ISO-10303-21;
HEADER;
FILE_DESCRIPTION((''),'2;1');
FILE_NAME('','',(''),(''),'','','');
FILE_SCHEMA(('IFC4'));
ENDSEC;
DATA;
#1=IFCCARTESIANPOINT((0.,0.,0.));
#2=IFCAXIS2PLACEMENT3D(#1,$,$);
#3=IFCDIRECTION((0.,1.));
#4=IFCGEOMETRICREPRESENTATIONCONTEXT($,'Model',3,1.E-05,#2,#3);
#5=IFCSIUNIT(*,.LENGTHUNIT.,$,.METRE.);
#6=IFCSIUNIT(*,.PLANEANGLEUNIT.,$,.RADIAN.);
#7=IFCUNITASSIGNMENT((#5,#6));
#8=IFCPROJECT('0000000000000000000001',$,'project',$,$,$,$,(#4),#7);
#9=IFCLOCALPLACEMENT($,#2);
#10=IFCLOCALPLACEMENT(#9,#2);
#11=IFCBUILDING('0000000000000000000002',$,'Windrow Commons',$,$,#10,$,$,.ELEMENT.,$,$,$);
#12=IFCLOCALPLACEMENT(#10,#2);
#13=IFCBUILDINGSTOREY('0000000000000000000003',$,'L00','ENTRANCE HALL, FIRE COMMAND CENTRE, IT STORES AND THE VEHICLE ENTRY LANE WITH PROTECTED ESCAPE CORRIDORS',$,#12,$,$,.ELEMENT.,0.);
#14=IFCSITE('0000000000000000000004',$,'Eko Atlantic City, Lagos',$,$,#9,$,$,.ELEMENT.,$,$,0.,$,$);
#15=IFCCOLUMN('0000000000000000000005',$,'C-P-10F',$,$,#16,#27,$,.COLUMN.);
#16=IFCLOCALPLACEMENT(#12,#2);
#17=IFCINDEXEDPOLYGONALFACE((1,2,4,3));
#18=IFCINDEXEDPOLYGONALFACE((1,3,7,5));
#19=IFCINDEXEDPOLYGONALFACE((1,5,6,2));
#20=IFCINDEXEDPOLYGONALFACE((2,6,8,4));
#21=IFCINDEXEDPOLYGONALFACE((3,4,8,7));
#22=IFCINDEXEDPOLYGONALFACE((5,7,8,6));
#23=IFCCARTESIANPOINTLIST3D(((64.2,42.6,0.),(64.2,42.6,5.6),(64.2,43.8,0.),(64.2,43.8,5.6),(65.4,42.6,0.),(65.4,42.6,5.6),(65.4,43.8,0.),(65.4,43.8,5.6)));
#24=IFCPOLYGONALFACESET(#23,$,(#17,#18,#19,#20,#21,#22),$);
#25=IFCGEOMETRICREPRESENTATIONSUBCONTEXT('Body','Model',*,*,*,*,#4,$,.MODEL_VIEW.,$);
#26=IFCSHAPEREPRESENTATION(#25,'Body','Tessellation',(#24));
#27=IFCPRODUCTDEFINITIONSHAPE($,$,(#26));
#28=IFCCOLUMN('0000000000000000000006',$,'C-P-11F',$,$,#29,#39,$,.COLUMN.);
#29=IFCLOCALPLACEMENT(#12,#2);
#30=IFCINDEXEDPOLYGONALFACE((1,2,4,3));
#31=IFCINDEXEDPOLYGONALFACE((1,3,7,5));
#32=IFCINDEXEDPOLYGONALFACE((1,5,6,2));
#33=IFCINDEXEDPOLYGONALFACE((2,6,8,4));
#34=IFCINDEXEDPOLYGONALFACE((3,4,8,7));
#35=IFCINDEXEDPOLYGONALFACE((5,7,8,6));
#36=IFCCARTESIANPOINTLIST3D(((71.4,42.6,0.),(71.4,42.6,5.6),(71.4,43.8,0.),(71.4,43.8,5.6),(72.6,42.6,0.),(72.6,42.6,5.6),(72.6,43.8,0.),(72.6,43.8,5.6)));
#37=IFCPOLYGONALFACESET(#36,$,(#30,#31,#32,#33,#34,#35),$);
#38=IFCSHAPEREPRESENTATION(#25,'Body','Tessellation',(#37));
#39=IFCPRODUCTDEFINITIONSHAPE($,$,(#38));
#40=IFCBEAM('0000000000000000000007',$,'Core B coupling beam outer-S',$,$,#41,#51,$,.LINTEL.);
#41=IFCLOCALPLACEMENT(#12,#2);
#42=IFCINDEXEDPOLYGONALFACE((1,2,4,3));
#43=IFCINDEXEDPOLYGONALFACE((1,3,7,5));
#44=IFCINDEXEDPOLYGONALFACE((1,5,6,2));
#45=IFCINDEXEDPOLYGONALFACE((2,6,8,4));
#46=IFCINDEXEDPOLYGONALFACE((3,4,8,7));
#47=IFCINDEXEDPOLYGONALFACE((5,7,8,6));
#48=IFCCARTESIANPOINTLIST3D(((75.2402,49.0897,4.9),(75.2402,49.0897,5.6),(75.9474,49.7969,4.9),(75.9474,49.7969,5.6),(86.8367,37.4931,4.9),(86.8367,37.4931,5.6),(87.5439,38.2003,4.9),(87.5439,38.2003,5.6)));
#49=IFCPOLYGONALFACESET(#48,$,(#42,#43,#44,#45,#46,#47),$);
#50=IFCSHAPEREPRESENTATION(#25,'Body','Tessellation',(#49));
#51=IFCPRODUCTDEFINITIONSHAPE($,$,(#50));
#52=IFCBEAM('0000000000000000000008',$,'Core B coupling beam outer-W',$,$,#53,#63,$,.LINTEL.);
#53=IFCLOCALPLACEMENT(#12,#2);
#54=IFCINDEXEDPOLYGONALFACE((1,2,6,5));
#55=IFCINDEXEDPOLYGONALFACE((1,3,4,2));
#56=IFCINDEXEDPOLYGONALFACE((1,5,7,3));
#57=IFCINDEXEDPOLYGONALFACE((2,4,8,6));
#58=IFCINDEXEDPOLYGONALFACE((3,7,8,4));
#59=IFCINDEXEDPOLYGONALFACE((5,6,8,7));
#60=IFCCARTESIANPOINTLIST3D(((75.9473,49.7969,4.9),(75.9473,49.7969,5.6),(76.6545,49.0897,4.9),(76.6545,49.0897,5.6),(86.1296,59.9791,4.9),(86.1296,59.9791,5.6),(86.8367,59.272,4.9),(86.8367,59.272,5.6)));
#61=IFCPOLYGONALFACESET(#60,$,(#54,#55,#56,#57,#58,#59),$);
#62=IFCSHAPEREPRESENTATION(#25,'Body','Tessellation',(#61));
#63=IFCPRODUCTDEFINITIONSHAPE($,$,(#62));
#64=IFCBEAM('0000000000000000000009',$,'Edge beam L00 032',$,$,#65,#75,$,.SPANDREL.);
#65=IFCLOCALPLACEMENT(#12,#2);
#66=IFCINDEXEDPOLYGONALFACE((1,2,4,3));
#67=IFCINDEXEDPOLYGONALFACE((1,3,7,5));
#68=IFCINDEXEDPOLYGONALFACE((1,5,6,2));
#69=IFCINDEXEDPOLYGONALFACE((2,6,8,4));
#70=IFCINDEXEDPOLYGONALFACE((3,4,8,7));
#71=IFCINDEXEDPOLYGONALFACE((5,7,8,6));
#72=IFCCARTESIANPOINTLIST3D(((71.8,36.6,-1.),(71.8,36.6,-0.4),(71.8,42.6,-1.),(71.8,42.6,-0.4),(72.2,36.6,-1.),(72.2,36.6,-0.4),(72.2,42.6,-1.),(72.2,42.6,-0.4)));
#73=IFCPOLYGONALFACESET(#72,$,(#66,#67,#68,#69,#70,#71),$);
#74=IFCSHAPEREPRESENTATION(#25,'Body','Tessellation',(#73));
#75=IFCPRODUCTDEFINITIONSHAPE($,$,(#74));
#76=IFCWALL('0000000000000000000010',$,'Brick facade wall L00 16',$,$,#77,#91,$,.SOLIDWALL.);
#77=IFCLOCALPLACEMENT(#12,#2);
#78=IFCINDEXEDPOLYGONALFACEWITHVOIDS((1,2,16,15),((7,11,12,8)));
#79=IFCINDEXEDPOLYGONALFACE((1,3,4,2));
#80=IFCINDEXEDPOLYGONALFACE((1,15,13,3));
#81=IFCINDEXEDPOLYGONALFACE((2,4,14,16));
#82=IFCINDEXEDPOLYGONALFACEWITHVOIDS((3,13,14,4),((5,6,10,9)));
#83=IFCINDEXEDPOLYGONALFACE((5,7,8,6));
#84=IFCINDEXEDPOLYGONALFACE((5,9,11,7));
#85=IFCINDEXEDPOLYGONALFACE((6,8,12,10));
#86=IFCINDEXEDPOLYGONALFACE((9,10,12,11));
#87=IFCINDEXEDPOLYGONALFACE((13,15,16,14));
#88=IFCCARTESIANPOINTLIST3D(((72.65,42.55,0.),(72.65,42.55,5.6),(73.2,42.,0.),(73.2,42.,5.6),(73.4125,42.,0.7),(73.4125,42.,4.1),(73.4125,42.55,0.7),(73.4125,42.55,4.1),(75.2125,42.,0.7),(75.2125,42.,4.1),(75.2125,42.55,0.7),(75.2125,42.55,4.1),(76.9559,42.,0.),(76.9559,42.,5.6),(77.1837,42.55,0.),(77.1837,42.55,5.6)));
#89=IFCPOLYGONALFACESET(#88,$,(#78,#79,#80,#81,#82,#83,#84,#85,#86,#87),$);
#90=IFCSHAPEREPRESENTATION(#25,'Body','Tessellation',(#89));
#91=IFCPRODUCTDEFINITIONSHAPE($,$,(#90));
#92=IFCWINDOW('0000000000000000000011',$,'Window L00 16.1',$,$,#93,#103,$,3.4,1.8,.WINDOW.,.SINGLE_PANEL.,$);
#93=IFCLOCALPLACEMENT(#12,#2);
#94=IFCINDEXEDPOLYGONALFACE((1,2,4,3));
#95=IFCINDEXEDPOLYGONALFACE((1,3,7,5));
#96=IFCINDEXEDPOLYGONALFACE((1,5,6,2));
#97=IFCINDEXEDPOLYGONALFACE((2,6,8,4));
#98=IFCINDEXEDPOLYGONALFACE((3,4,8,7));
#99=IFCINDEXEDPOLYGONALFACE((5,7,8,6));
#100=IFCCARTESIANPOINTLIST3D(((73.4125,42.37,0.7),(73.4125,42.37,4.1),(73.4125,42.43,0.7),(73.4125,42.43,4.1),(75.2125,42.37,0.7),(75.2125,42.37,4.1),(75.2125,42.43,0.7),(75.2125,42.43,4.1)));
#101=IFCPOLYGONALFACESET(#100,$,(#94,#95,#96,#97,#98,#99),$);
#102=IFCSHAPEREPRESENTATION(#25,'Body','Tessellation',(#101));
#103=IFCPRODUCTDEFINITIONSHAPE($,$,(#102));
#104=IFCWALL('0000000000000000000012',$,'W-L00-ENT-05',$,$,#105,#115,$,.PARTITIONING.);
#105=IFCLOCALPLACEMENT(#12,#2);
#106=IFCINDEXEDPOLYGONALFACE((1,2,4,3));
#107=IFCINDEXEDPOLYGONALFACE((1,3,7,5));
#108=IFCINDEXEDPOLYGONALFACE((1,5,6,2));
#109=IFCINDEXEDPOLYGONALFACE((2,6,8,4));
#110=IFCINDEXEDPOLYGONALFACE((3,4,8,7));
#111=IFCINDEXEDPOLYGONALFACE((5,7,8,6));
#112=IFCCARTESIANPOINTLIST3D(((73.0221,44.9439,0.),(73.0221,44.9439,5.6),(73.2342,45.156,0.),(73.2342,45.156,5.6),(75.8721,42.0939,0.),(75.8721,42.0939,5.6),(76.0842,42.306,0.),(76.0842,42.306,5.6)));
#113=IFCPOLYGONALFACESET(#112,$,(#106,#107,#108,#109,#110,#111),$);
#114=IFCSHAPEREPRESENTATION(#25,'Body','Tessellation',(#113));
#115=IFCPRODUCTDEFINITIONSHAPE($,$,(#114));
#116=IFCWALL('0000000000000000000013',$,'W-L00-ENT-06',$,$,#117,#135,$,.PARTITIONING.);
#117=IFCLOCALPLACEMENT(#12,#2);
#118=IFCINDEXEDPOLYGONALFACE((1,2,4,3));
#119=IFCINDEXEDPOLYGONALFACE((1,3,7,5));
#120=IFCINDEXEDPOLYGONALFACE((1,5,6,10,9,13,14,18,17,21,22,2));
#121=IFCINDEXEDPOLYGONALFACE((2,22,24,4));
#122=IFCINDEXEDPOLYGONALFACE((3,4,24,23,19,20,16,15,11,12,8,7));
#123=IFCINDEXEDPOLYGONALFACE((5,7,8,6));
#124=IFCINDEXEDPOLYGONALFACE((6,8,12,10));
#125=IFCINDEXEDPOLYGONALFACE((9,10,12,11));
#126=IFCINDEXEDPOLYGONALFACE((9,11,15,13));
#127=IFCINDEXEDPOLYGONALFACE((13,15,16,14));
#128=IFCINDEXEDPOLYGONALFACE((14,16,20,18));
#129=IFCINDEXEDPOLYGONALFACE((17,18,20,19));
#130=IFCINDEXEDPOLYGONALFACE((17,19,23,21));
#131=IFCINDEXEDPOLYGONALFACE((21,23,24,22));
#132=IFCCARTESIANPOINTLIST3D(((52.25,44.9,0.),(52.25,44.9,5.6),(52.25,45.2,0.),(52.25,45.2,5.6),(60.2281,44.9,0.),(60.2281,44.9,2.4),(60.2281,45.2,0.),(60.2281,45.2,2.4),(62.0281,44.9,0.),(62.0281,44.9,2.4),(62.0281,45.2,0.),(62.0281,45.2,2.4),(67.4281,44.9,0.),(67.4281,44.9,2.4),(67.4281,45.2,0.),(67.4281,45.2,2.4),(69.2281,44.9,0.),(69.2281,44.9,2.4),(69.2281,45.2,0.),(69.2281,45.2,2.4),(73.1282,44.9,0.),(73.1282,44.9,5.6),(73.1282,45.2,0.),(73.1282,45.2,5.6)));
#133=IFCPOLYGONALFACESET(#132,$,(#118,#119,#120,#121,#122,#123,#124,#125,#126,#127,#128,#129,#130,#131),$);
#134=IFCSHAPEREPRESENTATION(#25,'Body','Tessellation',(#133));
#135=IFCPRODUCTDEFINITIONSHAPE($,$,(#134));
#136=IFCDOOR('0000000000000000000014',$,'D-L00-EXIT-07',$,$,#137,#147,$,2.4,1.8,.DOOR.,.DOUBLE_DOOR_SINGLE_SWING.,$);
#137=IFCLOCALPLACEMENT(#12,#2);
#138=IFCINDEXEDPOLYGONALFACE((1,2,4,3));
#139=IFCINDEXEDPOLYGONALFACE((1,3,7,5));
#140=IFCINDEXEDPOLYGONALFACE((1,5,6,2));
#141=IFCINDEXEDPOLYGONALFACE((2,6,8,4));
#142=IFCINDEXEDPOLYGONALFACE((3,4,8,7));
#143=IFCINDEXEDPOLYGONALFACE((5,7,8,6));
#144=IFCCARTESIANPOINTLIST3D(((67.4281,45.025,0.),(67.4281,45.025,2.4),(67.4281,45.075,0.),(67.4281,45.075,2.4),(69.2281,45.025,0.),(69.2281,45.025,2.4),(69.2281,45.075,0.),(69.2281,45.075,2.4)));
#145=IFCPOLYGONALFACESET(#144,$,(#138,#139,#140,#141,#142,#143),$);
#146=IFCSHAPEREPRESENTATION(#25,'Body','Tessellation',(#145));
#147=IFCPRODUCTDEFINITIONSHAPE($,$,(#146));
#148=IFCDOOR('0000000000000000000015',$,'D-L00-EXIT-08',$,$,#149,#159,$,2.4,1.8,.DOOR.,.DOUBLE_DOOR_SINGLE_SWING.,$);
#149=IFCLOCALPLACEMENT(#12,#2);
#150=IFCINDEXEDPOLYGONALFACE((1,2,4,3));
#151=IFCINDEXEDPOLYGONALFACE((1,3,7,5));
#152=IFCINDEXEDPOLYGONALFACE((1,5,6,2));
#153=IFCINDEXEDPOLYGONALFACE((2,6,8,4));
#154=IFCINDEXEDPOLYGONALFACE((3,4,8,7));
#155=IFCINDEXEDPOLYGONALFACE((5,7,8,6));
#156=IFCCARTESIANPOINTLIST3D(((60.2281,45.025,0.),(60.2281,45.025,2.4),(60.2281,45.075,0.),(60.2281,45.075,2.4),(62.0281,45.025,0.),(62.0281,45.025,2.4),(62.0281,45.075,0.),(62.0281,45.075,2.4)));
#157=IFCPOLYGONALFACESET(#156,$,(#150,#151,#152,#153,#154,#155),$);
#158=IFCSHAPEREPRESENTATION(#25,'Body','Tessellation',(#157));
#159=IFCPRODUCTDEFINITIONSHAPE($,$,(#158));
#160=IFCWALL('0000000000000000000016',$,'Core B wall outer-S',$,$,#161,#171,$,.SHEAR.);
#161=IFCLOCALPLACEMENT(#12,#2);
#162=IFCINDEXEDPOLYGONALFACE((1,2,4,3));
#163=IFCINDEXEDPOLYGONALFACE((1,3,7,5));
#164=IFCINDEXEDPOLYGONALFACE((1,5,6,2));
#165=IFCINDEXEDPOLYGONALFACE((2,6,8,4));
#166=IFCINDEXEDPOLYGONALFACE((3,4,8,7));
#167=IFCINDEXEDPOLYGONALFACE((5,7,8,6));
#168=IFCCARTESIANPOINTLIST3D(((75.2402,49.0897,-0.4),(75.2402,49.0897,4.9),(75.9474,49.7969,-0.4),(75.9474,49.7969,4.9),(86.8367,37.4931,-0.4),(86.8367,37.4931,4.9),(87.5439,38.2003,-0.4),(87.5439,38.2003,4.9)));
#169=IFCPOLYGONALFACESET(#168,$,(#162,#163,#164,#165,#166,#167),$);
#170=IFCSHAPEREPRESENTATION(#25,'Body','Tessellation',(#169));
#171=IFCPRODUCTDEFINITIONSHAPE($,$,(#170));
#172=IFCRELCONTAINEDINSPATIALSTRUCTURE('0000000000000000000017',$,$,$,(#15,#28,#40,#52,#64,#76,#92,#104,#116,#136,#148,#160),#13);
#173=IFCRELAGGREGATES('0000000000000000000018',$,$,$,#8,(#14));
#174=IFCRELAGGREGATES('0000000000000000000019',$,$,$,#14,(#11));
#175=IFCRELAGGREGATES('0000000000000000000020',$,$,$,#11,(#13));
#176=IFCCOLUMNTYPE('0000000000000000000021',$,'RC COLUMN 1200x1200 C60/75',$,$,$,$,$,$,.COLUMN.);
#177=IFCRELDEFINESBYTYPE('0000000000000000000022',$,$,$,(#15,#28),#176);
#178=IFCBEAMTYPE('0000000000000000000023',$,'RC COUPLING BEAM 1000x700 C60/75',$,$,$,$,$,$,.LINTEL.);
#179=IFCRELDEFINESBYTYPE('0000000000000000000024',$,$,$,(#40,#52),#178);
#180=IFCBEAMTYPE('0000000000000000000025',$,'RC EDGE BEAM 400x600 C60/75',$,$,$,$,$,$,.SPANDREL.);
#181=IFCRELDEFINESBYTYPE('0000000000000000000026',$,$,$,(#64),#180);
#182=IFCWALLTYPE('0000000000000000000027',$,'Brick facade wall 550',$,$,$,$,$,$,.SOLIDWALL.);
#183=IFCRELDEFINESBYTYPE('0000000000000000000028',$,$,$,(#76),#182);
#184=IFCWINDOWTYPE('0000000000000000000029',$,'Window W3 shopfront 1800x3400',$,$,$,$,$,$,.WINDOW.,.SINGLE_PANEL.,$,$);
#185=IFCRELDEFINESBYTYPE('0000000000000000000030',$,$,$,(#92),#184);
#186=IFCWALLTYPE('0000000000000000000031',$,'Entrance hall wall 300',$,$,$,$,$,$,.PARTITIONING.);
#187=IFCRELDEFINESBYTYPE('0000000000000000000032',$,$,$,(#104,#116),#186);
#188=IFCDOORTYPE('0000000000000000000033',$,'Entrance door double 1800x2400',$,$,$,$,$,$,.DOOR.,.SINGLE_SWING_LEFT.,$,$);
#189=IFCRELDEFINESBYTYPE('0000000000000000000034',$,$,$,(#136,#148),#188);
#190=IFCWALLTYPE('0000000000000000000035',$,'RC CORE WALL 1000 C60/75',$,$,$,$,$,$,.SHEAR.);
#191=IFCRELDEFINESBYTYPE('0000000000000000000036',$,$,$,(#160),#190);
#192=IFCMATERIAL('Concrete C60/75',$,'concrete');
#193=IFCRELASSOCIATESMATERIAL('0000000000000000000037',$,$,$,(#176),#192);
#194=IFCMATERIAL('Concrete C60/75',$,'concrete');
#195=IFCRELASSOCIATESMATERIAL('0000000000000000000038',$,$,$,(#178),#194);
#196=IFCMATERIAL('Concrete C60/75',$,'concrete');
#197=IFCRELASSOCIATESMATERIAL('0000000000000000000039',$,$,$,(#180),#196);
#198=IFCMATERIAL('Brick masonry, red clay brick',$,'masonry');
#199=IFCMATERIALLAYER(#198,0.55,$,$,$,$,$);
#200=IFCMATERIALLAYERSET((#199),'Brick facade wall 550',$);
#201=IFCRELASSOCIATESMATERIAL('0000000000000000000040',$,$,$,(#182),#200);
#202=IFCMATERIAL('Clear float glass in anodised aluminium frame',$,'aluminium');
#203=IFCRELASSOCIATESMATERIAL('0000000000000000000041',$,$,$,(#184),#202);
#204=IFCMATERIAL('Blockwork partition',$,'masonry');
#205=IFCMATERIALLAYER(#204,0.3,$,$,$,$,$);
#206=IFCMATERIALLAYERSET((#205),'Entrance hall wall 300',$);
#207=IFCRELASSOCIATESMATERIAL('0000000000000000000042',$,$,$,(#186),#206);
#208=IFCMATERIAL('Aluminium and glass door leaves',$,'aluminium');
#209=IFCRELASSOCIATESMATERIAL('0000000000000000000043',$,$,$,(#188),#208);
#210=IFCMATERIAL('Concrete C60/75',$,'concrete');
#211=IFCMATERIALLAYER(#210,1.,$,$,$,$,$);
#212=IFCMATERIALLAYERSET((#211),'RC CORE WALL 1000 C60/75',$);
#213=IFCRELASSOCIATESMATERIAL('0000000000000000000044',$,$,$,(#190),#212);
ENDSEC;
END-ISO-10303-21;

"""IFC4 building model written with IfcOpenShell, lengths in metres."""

from ifc_helpers import new_model, si_unit, direction, frame, frame_2d, origin, origin_2d, place, context, subcontext, project, spatial, polyline, rectangle, outline, extrude, material, layer, layer_set, material_profile, profile_set, type_object, element, fill, save


model = new_model("IFC4")

# Units and contexts
model_context = context("Model", 3, precision=1e-05, world=origin(), true_north=direction((0.0, 1.0)))
body_context = subcontext(model_context, "Body", "Model", "MODEL_VIEW")
ifc_project = project(units=[si_unit("LENGTHUNIT", "METRE"), si_unit("PLANEANGLEUNIT", "RADIAN")], contexts=[model_context])

# Site, building, storey
site_placement = place(None, origin())
site = spatial("IfcSite", under=ifc_project, at=site_placement, Name="Eko Atlantic City, Lagos", CompositionType="ELEMENT", RefElevation=0.0)
building_placement = place(site_placement, origin())
building = spatial("IfcBuilding", under=site, at=building_placement, Name="Windrow Commons", CompositionType="ELEMENT")
storey_placement = place(building_placement, origin())
storey = spatial("IfcBuildingStorey", under=building, at=storey_placement, Name="L00", Description="ENTRANCE HALL, FIRE COMMAND CENTRE, IT STORES AND THE VEHICLE ENTRY LANE WITH PROTECTED ESCAPE CORRIDORS", CompositionType="ELEMENT", Elevation=0.0)

# Columns
ifc_material_1 = material(Name="Concrete C60/75", Category="concrete")
ifc_material_profile_1 = material_profile(ifc_material_1, rectangle(XDim=1.2, YDim=1.2, at=origin_2d()))
ifc_profile_set_1 = profile_set([ifc_material_profile_1], Name="Concrete C60/75")
column_type = type_object("IfcColumnType", Name="RC COLUMN 1200x1200 C60/75", PredefinedType="COLUMN", material=ifc_profile_set_1)
for number, where, z_axis, x_axis, name in (
    (1, (64.8, 43.2, 0.0), (0.0, 0.0, 1.0), (1.0, 0.0, 0.0), "C-P-10F"),
    (2, (72.0, 43.2, 0.0), (0.0, 0.0, 1.0), (1.0, 0.0, 0.0), "C-P-11F"),
):
    element("IfcColumn", number, at=place(storey_placement, frame(where, z_axis=z_axis, x_axis=x_axis)), inside=storey, type_object=column_type, Name=name, PredefinedType="COLUMN", context=body_context, shape_type="SweptSolid", body=[
        extrude(rectangle(XDim=1.2, YDim=1.2, at=origin_2d()), origin(), (0.0, 0.0, 1.0), 5.6),
    ])

# Beams
ifc_material_2 = material(Name="Concrete C60/75", Category="concrete")
ifc_material_profile_2 = material_profile(ifc_material_2, rectangle(XDim=1.0, YDim=0.7, at=origin_2d()))
ifc_profile_set_2 = profile_set([ifc_material_profile_2], Name="Concrete C60/75")
beam_type_1 = type_object("IfcBeamType", Name="RC COUPLING BEAM 1000x700 C60/75", PredefinedType="LINTEL", material=ifc_profile_set_2)
beam_1_placement = place(storey_placement, frame((75.5938, 49.4433, 5.25), z_axis=(0.707104, -0.70711, 0.0), x_axis=(0.70711, 0.707104, 0.0)))
element("IfcBeam", 3, at=beam_1_placement, inside=storey, type_object=beam_type_1, Name="Core B coupling beam outer-S", PredefinedType="LINTEL", context=body_context, shape_type="SweptSolid", body=[
    extrude(rectangle(XDim=1.0, YDim=0.7, at=origin_2d()), origin(), (0.0, 0.0, 1.0), 16.4),
])
beam_2_placement = place(storey_placement, frame((76.3009, 49.4433, 5.25), z_axis=(0.707107, 0.707107, 0.0), x_axis=(-0.707107, 0.707107, 0.0)))
element("IfcBeam", 4, at=beam_2_placement, inside=storey, type_object=beam_type_1, Name="Core B coupling beam outer-W", PredefinedType="LINTEL", context=body_context, shape_type="SweptSolid", body=[
    extrude(rectangle(XDim=1.0, YDim=0.7, at=origin_2d()), origin(), (0.0, 0.0, 1.0), 14.3999),
])
ifc_material_3 = material(Name="Concrete C60/75", Category="concrete")
ifc_material_profile_3 = material_profile(ifc_material_3, rectangle(XDim=0.4, YDim=0.6, at=origin_2d()))
ifc_profile_set_3 = profile_set([ifc_material_profile_3], Name="Concrete C60/75")
beam_type_2 = type_object("IfcBeamType", Name="RC EDGE BEAM 400x600 C60/75", PredefinedType="SPANDREL", material=ifc_profile_set_3)
beam_3_placement = place(storey_placement, frame((72.0, 42.6, -0.7), z_axis=(0.0, -1.0, 0.0), x_axis=(1.0, 0.0, 0.0)))
element("IfcBeam", 5, at=beam_3_placement, inside=storey, type_object=beam_type_2, Name="Edge beam L00 032", PredefinedType="SPANDREL", context=body_context, shape_type="SweptSolid", body=[
    extrude(rectangle(XDim=0.4, YDim=0.6, at=origin_2d()), origin(), (0.0, 0.0, 1.0), 6.0),
])

# Wall, opening, window
ifc_material_4 = material(Name="Brick masonry, red clay brick", Category="masonry")
ifc_layer_1 = layer(ifc_material_4, 0.55)
ifc_layer_set_1 = layer_set([ifc_layer_1], Name="Brick facade wall 550")
wall_type_1 = type_object("IfcWallType", Name="Brick facade wall 550", PredefinedType="SOLIDWALL", material=ifc_layer_set_1)
wall_1_placement = place(storey_placement, frame((72.925, 42.275, 0.0), z_axis=(0.0, 0.0, 1.0), x_axis=(1.0, 0.0, 0.0)))
wall_1 = element("IfcWall", 6, at=wall_1_placement, inside=storey, type_object=wall_type_1, Name="Brick facade wall L00 16", PredefinedType="SOLIDWALL", context=body_context, shape_type="SweptSolid", body=[
    extrude(outline(polyline([(0.275, -0.275), (4.0309, -0.275), (4.2587, 0.275), (-0.275, 0.275), (0.275, -0.275)])), origin(), (0.0, 0.0, 1.0), 5.6),
])
opening_1_placement = place(wall_1_placement, frame((0.4875, 0.0, 0.7)))
opening_1 = element("IfcOpeningElement", 7, at=opening_1_placement, cuts=wall_1, PredefinedType="OPENING", context=body_context, shape_type="SweptSolid", body=[
    extrude(rectangle(XDim=1.8, YDim=3.4, at=frame_2d((0.9, 1.7))), frame((0.0, 0.285, 0.0), z_axis=(0.0, -1.0, 0.0), x_axis=(1.0, 0.0, 0.0)), (0.0, 0.0, 1.0), 0.57),
])
ifc_material_5 = material(Name="Clear float glass in anodised aluminium frame", Category="aluminium")
window_type = type_object("IfcWindowType", Name="Window W3 shopfront 1800x3400", PartitioningType="SINGLE_PANEL", PredefinedType="WINDOW", material=ifc_material_5)
window_placement = place(opening_1_placement, origin())
window = element("IfcWindow", 8, at=window_placement, inside=storey, type_object=window_type, Name="Window L00 16.1", OverallHeight=3.4, OverallWidth=1.8, PartitioningType="SINGLE_PANEL", PredefinedType="WINDOW", context=body_context, shape_type="SweptSolid", body=[
    extrude(rectangle(XDim=1.8, YDim=3.4, at=frame_2d((0.9, 1.7))), frame((0.0, 0.155, 0.0), z_axis=(0.0, -1.0, 0.0), x_axis=(1.0, 0.0, 0.0)), (0.0, 0.0, 1.0), 0.06),
])
fill(opening_1, window)

# Wall
ifc_material_6 = material(Name="Blockwork partition", Category="masonry")
ifc_layer_2 = layer(ifc_material_6, 0.3)
ifc_layer_set_2 = layer_set([ifc_layer_2], Name="Entrance hall wall 300")
wall_type_2 = type_object("IfcWallType", Name="Entrance hall wall 300", PredefinedType="PARTITIONING", material=ifc_layer_set_2)
wall_2_placement = place(storey_placement, frame((75.9781, 42.2, 0.0), z_axis=(0.0, 0.0, 1.0), x_axis=(-0.707107, 0.707107, 0.0)))
element("IfcWall", 9, at=wall_2_placement, inside=storey, type_object=wall_type_2, Name="W-L00-ENT-05", PredefinedType="PARTITIONING", context=body_context, shape_type="SweptSolid", body=[
    extrude(rectangle(XDim=4.0305, YDim=0.3, at=frame_2d((2.0152, 0.0))), origin(), (0.0, 0.0, 1.0), 5.6),
])

# Wall, openings, doors
wall_3_placement = place(storey_placement, frame((73.1281, 45.05, 0.0), z_axis=(0.0, 0.0, 1.0), x_axis=(-1.0, 0.0, 0.0)))
wall_3 = element("IfcWall", 10, at=wall_3_placement, inside=storey, type_object=wall_type_2, Name="W-L00-ENT-06", PredefinedType="PARTITIONING", context=body_context, shape_type="SweptSolid", body=[
    extrude(rectangle(XDim=20.8781, YDim=0.3, at=frame_2d((10.439, 0.0))), origin(), (0.0, 0.0, 1.0), 5.6),
])
opening_2_placement = place(wall_3_placement, frame((3.9, 0.0, 0.0)))
opening_2 = element("IfcOpeningElement", 11, at=opening_2_placement, cuts=wall_3, PredefinedType="OPENING", context=body_context, shape_type="SweptSolid", body=[
    extrude(rectangle(XDim=1.8, YDim=2.4, at=frame_2d((0.9, 1.2))), frame((0.0, 0.16, 0.0), z_axis=(0.0, -1.0, 0.0), x_axis=(1.0, 0.0, 0.0)), (0.0, 0.0, 1.0), 0.32),
])
opening_3_placement = place(wall_3_placement, frame((11.1, 0.0, 0.0)))
opening_3 = element("IfcOpeningElement", 12, at=opening_3_placement, cuts=wall_3, PredefinedType="OPENING", context=body_context, shape_type="SweptSolid", body=[
    extrude(rectangle(XDim=1.8, YDim=2.4, at=frame_2d((0.9, 1.2))), frame((0.0, 0.16, 0.0), z_axis=(0.0, -1.0, 0.0), x_axis=(1.0, 0.0, 0.0)), (0.0, 0.0, 1.0), 0.32),
])
ifc_material_7 = material(Name="Aluminium and glass door leaves", Category="aluminium")
door_type_1 = type_object("IfcDoorType", Name="Entrance door double 1800x2400", OperationType="SINGLE_SWING_LEFT", PredefinedType="DOOR", material=ifc_material_7)
door_1_placement = place(opening_2_placement, origin())
door_1 = element("IfcDoor", 13, at=door_1_placement, inside=storey, type_object=door_type_1, Name="D-L00-EXIT-07", OperationType="DOUBLE_DOOR_SINGLE_SWING", OverallHeight=2.4, OverallWidth=1.8, PredefinedType="DOOR", context=body_context, shape_type="SweptSolid", body=[
    extrude(rectangle(XDim=1.8, YDim=2.4, at=frame_2d((0.9, 1.2))), frame((0.0, 0.025, 0.0), z_axis=(0.0, -1.0, 0.0), x_axis=(1.0, 0.0, 0.0)), (0.0, 0.0, 1.0), 0.05),
])
fill(opening_2, door_1)
door_2_placement = place(opening_3_placement, origin())
door_2 = element("IfcDoor", 14, at=door_2_placement, inside=storey, type_object=door_type_1, Name="D-L00-EXIT-08", OperationType="DOUBLE_DOOR_SINGLE_SWING", OverallHeight=2.4, OverallWidth=1.8, PredefinedType="DOOR", context=body_context, shape_type="SweptSolid", body=[
    extrude(rectangle(XDim=1.8, YDim=2.4, at=frame_2d((0.9, 1.2))), frame((0.0, 0.025, 0.0), z_axis=(0.0, -1.0, 0.0), x_axis=(1.0, 0.0, 0.0)), (0.0, 0.0, 1.0), 0.05),
])
fill(opening_3, door_2)

# Wall
ifc_material_8 = material(Name="Concrete C60/75", Category="concrete")
ifc_layer_3 = layer(ifc_material_8, 1.0)
ifc_layer_set_3 = layer_set([ifc_layer_3], Name="RC CORE WALL 1000 C60/75")
wall_type_3 = type_object("IfcWallType", Name="RC CORE WALL 1000 C60/75", PredefinedType="SHEAR", material=ifc_layer_set_3)
wall_4_placement = place(storey_placement, frame((75.5938, 49.4433, -0.4), z_axis=(0.0, 0.0, 1.0), x_axis=(0.707104, -0.70711, 0.0)))
element("IfcWall", 15, at=wall_4_placement, inside=storey, type_object=wall_type_3, Name="Core B wall outer-S", PredefinedType="SHEAR", context=body_context, shape_type="SweptSolid", body=[
    extrude(rectangle(XDim=16.4, YDim=1.0, at=frame_2d((8.2, 0.0))), origin(), (0.0, 0.0, 1.0), 5.3),
])

save(model, "model.ifc")
